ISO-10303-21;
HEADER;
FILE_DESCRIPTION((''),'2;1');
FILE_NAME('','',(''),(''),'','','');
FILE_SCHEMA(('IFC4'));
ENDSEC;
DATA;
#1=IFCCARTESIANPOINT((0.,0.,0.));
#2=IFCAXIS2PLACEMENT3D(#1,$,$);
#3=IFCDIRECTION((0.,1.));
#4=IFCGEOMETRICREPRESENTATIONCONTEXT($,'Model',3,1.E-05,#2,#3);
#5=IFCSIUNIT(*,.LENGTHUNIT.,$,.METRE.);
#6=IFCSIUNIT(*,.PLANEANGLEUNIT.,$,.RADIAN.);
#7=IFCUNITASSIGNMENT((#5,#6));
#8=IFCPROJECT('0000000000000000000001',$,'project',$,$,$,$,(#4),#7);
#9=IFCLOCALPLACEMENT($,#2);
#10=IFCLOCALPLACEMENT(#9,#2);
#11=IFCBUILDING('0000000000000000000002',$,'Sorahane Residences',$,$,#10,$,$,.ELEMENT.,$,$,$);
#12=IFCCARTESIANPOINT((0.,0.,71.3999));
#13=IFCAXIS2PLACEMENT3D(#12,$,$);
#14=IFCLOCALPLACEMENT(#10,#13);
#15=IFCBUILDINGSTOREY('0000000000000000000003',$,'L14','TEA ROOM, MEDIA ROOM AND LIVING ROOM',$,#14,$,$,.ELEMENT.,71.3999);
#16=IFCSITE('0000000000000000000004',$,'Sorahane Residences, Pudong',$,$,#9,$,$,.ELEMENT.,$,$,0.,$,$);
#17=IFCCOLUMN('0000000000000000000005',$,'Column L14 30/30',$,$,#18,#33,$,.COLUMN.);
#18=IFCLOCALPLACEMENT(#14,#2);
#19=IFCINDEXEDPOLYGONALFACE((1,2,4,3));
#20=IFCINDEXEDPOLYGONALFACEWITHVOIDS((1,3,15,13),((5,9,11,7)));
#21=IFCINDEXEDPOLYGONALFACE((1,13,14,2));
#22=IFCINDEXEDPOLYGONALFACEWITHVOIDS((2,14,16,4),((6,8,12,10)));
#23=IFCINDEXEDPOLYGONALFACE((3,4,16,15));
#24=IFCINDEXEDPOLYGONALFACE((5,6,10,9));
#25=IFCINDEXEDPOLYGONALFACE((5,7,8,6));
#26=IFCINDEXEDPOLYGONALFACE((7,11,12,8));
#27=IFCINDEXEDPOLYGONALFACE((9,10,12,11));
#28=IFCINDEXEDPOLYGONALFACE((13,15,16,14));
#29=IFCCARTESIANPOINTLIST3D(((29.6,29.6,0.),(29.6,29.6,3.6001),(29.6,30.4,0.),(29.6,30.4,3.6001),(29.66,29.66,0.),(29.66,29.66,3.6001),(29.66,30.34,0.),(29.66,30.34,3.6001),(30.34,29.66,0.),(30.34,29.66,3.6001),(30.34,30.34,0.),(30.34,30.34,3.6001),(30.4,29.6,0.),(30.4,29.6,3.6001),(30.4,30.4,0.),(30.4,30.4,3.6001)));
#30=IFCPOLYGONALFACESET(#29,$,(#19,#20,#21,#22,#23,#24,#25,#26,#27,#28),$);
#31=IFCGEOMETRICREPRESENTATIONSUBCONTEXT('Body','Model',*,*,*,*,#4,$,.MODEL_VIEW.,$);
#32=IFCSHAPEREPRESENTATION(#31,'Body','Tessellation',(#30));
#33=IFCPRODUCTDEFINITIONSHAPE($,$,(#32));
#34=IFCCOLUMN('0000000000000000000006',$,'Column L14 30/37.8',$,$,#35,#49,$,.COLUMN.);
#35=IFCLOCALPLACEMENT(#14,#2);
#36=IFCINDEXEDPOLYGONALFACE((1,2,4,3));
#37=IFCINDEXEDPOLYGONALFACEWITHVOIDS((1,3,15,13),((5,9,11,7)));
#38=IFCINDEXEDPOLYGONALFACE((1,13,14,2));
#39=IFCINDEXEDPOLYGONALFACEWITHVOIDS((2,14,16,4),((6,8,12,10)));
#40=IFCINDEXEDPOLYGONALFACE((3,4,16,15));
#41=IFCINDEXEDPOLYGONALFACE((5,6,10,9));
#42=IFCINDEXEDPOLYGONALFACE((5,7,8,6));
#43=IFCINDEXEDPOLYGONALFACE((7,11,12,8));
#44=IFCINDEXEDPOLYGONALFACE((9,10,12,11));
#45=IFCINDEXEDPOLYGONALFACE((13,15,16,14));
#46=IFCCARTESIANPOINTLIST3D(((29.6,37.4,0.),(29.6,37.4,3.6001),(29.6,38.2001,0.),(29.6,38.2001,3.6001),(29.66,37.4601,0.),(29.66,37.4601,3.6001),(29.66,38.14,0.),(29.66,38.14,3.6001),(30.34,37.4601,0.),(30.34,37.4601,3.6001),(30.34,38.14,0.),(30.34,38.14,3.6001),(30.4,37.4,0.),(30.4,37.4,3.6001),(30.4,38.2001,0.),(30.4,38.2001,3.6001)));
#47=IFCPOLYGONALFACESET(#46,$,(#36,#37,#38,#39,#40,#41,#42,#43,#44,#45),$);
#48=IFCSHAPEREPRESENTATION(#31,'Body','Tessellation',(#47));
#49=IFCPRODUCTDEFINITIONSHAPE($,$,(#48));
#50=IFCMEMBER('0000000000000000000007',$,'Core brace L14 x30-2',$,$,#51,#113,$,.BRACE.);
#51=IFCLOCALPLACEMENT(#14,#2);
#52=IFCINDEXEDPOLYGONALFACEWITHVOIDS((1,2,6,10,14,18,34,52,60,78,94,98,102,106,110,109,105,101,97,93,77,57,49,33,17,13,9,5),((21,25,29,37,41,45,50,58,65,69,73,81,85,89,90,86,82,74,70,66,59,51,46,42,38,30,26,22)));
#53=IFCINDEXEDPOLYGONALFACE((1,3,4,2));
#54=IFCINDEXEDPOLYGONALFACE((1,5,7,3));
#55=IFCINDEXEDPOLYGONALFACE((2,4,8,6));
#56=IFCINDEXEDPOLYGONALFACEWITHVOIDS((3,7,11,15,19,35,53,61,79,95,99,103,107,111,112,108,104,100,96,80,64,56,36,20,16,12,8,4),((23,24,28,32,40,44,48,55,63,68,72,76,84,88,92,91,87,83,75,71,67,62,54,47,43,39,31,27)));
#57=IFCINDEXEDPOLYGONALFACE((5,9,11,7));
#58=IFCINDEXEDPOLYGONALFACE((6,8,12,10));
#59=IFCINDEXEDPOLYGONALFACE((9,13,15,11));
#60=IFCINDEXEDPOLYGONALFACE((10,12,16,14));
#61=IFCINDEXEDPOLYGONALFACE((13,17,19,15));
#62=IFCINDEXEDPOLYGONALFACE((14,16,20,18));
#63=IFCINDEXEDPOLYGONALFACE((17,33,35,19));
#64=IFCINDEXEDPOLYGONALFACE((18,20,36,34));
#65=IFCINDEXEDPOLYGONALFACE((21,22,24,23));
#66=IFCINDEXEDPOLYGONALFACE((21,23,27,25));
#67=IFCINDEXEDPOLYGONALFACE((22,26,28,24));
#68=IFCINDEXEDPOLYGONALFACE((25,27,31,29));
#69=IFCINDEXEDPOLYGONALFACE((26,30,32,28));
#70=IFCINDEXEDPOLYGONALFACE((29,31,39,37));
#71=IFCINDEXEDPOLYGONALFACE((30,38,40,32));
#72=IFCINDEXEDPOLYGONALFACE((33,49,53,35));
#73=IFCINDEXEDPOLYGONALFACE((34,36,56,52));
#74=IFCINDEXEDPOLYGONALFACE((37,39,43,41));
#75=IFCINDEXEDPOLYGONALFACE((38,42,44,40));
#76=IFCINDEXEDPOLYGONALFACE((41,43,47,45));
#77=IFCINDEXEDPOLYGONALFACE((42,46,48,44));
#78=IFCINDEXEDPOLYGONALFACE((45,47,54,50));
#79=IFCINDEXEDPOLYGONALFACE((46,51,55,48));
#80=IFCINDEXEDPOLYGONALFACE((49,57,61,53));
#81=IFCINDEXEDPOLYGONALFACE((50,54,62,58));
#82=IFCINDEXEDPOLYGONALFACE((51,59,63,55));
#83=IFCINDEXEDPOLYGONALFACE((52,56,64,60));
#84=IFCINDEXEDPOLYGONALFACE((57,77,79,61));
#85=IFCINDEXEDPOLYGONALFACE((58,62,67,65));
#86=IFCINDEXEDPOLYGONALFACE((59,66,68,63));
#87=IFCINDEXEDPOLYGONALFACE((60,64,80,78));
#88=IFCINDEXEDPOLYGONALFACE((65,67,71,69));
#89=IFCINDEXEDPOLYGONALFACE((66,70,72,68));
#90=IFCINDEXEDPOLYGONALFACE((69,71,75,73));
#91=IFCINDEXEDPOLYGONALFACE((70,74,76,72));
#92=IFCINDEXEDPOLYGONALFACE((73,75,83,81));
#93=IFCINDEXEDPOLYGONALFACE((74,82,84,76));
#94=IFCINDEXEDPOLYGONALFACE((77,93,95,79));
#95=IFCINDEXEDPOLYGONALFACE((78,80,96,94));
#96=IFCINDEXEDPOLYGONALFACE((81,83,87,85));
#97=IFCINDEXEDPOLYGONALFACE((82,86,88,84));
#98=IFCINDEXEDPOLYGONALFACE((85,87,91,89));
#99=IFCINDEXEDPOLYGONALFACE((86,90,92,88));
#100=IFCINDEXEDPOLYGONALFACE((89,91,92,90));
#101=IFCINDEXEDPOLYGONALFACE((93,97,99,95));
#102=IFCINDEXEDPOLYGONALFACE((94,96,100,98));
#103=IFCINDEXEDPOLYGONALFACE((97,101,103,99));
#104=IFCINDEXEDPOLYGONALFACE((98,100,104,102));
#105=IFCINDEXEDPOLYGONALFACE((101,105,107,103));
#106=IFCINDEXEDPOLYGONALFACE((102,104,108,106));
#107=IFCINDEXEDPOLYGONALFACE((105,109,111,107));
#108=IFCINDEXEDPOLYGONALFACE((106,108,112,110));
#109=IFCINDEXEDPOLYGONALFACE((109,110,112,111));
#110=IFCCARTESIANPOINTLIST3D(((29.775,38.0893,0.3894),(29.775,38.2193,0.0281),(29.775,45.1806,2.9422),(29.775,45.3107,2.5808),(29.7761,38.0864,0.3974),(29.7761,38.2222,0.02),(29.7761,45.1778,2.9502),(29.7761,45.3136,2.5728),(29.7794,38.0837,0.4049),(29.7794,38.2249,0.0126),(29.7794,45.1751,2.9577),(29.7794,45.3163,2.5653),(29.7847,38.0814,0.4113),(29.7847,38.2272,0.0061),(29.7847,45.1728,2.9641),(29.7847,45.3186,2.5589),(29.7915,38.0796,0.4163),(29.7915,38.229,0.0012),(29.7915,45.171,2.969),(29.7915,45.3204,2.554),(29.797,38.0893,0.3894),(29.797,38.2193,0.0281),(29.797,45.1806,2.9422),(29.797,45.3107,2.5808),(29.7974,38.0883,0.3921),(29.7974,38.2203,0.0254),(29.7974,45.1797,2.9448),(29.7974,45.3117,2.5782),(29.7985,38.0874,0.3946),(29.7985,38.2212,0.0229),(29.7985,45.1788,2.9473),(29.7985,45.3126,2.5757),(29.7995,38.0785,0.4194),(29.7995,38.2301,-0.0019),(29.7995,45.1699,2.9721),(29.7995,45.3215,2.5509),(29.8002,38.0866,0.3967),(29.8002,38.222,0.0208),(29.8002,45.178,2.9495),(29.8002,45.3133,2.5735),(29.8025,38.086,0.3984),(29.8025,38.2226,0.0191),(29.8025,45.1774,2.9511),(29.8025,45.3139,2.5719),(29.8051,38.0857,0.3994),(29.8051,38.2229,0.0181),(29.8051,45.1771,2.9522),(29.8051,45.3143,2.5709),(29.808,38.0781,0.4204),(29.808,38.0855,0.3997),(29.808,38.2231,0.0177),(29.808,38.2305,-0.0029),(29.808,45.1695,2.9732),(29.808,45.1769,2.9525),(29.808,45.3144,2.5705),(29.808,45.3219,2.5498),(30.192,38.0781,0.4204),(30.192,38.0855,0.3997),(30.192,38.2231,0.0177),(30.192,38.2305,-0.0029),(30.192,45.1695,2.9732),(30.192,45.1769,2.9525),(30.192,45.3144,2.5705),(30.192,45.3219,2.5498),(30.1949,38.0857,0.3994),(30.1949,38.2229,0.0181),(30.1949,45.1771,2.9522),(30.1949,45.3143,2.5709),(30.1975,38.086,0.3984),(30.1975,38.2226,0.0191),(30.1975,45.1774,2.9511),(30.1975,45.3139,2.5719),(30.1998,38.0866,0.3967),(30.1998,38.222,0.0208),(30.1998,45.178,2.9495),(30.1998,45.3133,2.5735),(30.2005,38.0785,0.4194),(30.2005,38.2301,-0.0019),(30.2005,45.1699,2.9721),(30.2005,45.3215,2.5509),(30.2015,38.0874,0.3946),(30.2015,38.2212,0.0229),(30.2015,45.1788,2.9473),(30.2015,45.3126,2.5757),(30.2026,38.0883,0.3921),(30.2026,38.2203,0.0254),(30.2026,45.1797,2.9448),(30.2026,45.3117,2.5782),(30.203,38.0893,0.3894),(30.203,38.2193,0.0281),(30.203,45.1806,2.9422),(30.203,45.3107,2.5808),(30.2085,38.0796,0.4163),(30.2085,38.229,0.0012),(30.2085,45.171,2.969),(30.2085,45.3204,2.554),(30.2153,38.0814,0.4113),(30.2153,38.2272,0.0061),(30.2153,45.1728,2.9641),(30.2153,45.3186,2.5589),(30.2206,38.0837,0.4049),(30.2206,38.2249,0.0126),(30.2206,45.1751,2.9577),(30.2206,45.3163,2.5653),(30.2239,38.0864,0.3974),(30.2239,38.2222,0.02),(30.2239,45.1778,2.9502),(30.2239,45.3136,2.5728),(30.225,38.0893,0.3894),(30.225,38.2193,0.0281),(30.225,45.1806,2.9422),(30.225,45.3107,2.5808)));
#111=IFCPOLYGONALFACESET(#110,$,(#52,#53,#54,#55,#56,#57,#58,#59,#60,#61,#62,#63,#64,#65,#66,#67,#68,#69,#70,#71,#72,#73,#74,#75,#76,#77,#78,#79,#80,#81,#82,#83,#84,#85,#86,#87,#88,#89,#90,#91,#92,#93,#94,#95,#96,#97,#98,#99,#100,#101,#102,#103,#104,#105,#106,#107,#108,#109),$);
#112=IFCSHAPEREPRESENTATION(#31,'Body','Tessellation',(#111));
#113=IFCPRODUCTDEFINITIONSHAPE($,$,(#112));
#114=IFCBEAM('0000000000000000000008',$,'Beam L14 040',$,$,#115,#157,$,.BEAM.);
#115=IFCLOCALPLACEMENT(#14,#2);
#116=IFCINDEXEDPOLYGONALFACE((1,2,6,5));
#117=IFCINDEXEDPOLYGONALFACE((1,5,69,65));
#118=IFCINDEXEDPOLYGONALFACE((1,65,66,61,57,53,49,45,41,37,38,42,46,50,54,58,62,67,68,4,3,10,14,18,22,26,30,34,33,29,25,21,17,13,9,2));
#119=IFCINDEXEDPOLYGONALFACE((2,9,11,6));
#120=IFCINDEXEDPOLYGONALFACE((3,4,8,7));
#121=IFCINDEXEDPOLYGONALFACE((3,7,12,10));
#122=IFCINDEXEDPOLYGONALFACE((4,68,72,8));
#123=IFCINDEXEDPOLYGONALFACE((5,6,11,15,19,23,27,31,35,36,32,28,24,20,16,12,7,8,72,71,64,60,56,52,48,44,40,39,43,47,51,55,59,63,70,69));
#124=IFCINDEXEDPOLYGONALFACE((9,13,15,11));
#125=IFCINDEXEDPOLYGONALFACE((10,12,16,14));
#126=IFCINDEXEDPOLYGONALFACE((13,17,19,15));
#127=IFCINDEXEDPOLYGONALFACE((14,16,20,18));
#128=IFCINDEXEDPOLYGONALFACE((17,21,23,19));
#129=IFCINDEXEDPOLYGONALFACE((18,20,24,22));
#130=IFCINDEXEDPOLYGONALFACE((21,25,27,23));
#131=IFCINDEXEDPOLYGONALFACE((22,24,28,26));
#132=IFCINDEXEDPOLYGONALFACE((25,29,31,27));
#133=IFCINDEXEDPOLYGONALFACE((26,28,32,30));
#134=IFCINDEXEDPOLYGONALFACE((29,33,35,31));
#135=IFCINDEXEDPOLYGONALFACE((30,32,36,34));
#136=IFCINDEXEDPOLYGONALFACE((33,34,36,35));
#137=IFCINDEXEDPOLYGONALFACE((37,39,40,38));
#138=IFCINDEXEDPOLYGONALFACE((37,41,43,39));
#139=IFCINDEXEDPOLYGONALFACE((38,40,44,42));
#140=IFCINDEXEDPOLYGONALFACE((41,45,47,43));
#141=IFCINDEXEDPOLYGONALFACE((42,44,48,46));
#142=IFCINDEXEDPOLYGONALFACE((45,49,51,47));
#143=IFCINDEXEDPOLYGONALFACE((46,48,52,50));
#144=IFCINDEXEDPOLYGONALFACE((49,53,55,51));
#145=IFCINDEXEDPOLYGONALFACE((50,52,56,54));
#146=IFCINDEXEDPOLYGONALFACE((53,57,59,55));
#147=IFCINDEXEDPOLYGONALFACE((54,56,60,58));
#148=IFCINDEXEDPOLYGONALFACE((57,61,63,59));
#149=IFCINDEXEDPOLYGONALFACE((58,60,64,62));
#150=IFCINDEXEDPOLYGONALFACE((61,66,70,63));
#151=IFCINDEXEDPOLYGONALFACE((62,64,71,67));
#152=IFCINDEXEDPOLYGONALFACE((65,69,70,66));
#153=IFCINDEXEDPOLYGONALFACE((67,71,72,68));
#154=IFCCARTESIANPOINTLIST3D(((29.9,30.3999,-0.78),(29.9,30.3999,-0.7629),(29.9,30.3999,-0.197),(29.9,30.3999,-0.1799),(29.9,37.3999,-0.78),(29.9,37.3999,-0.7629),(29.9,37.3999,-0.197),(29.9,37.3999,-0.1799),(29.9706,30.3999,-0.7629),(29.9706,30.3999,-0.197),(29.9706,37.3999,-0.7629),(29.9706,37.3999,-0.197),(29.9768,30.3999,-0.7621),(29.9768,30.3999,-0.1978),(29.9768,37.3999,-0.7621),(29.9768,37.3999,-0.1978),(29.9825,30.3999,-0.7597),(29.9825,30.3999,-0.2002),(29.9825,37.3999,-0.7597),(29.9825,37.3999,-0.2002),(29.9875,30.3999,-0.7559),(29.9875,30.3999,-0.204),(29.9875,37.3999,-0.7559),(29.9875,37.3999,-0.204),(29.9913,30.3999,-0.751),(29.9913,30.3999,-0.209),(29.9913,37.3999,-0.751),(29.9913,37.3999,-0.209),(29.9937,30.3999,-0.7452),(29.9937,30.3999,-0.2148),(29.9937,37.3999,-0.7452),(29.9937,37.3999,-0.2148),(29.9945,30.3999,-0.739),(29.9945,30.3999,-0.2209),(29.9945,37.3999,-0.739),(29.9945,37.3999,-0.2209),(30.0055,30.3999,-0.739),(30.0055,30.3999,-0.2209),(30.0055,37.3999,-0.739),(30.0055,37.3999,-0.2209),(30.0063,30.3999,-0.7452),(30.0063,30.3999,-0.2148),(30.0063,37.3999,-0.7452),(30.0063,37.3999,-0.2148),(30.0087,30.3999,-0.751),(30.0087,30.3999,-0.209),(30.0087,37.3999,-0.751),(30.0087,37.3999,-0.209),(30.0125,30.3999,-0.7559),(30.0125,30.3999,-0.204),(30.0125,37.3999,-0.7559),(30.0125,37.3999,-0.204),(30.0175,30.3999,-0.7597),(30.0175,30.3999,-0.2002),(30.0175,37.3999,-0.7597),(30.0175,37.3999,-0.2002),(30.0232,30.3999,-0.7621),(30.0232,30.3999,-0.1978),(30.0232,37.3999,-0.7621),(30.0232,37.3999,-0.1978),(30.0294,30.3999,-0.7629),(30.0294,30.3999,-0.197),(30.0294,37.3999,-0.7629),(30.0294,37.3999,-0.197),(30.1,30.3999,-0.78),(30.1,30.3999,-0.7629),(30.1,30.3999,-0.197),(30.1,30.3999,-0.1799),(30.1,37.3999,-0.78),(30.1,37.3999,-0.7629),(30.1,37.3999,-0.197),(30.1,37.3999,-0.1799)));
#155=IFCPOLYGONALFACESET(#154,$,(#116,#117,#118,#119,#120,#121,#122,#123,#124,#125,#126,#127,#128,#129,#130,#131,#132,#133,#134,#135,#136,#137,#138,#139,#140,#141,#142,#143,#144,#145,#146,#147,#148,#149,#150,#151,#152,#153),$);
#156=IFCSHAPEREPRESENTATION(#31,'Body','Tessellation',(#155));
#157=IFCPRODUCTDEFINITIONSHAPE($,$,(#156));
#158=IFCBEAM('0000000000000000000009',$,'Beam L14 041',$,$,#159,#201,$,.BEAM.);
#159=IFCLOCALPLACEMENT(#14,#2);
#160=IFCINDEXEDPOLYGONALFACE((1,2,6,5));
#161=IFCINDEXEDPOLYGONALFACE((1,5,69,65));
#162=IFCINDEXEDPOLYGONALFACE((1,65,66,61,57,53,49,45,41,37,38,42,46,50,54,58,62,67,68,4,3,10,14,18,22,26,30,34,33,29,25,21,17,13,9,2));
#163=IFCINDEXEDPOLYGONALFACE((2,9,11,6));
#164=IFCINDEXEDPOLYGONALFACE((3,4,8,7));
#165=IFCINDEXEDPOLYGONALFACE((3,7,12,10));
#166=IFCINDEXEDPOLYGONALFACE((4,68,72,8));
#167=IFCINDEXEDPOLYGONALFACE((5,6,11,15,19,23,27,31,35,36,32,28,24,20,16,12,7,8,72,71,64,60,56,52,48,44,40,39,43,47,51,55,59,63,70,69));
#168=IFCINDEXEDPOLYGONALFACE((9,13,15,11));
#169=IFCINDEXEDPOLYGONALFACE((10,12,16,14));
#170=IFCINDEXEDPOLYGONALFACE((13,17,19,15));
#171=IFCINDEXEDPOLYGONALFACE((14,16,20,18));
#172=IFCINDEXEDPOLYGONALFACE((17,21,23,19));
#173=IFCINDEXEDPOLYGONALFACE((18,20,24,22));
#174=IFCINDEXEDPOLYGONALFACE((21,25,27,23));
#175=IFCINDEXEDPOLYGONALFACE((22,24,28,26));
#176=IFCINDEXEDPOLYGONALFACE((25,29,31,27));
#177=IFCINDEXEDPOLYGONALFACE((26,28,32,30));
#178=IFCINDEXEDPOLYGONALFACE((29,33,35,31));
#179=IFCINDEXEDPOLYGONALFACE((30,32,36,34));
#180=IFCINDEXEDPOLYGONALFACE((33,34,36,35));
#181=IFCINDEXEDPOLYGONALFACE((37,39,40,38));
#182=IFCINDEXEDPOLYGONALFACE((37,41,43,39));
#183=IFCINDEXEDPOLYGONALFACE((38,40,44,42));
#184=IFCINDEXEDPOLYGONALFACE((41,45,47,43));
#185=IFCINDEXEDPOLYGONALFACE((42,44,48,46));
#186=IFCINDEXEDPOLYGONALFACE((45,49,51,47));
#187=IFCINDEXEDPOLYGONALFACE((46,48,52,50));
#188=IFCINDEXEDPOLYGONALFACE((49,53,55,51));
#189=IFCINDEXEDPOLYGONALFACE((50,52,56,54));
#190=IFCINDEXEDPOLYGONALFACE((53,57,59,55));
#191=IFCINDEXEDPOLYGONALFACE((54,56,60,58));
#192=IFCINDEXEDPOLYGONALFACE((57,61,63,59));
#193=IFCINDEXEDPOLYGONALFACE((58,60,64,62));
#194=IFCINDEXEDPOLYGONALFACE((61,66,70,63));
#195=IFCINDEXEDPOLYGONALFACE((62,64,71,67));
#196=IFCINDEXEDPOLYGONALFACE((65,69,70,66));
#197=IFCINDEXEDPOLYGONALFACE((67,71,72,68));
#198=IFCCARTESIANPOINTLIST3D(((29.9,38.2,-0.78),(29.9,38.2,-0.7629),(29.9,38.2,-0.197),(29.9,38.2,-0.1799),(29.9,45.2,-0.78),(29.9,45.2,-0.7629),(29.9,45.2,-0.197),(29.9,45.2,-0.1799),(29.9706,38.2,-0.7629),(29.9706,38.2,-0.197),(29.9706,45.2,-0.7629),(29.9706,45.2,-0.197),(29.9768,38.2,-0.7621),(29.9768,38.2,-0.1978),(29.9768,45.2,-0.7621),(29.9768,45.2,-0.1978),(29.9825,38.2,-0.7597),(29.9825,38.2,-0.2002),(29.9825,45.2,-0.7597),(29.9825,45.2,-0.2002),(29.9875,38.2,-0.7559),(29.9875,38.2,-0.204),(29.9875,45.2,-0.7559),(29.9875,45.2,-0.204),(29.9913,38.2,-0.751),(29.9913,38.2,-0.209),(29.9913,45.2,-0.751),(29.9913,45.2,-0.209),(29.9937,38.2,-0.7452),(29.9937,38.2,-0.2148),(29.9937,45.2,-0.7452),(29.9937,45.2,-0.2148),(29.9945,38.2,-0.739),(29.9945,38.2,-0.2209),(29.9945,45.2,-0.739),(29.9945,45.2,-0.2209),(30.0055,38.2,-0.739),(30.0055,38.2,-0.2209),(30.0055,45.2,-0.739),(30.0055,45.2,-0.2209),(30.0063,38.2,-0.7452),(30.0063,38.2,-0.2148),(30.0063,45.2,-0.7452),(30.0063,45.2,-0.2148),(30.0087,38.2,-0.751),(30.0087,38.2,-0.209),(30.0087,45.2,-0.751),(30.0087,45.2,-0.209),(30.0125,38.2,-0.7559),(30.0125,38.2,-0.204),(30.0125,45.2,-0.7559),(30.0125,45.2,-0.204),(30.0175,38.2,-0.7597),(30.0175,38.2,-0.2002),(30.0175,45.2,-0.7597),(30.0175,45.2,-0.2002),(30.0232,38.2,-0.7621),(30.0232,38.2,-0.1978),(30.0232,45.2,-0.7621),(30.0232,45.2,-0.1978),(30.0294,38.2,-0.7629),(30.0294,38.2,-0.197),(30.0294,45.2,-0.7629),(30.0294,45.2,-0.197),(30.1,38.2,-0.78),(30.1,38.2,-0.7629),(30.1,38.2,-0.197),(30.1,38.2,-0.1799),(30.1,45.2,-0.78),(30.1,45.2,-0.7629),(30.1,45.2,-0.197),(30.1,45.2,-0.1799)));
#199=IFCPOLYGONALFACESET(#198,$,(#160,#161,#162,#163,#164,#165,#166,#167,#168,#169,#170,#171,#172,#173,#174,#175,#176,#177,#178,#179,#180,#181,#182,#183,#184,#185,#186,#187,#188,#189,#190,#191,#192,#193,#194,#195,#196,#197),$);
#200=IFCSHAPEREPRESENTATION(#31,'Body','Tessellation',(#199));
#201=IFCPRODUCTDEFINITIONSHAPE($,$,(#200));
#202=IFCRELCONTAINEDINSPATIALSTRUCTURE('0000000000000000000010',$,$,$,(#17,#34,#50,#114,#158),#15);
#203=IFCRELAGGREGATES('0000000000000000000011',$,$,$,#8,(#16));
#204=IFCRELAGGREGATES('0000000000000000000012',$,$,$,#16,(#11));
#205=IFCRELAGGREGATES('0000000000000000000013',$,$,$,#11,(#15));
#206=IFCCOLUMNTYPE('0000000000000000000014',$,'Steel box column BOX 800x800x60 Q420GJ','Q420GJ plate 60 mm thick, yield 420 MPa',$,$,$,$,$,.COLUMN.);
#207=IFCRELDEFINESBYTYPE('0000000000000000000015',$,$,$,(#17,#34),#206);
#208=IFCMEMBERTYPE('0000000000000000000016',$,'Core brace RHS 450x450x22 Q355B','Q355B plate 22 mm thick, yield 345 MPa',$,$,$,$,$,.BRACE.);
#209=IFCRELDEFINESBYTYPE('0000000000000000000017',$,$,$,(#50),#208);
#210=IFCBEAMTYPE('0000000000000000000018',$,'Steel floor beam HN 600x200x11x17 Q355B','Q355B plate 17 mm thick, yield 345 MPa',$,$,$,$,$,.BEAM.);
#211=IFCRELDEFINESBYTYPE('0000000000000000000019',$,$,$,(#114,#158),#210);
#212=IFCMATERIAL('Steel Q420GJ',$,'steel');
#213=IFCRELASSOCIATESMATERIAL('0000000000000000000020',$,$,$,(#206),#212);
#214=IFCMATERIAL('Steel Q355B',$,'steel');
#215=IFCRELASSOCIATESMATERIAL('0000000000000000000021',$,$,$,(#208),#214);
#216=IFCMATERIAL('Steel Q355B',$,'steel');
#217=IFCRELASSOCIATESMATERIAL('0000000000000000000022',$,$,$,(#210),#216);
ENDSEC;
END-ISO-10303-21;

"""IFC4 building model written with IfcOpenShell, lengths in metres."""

from ifc_helpers import new_model, si_unit, direction, frame, origin, origin_2d, place, context, subcontext, project, spatial, hollow_rectangle, i_section, extrude, material, material_profile, profile_set, type_object, element, save


model = new_model("IFC4")

# Units and contexts
model_context = context("Model", 3, precision=1e-05, world=origin(), true_north=direction((0.0, 1.0)))
body_context = subcontext(model_context, "Body", "Model", "MODEL_VIEW")
ifc_project = project(units=[si_unit("LENGTHUNIT", "METRE"), si_unit("PLANEANGLEUNIT", "RADIAN")], contexts=[model_context])

# Site, building, storey
site_placement = place(None, origin())
site = spatial("IfcSite", under=ifc_project, at=site_placement, Name="Sorahane Residences, Pudong", CompositionType="ELEMENT", RefElevation=0.0)
building_placement = place(site_placement, origin())
building = spatial("IfcBuilding", under=site, at=building_placement, Name="Sorahane Residences", CompositionType="ELEMENT")
storey_placement = place(building_placement, frame((0.0, 0.0, 71.3999)))
storey = spatial("IfcBuildingStorey", under=building, at=storey_placement, Name="L14", Description="TEA ROOM, MEDIA ROOM AND LIVING ROOM", CompositionType="ELEMENT", Elevation=71.3999)

# Columns
ifc_material_1 = material(Name="Steel Q420GJ", Category="steel")
ifc_material_profile_1 = material_profile(ifc_material_1, hollow_rectangle(XDim=0.8, YDim=0.8, WallThickness=0.0601, at=origin_2d()), Name="BOX 800x800x60")
ifc_profile_set_1 = profile_set([ifc_material_profile_1], Name="Steel Q420GJ")
column_type = type_object("IfcColumnType", Name="Steel box column BOX 800x800x60 Q420GJ", Description="Q420GJ plate 60 mm thick, yield 420 MPa", PredefinedType="COLUMN", material=ifc_profile_set_1)
for number, where, z_axis, x_axis, name in (
    (1, (30.0, 30.0, 0.0), (0.0, 0.0, 1.0), (1.0, 0.0, 0.0), "Column L14 30/30"),
    (2, (30.0, 37.8, 0.0), (0.0, 0.0, 1.0), (1.0, 0.0, 0.0), "Column L14 30/37.8"),
):
    element("IfcColumn", number, at=place(storey_placement, frame(where, z_axis=z_axis, x_axis=x_axis)), inside=storey, type_object=column_type, Name=name, PredefinedType="COLUMN", context=body_context, shape_type="SweptSolid", body=[
        extrude(hollow_rectangle(XDim=0.8, YDim=0.8, WallThickness=0.0601, at=origin_2d()), origin(), (0.0, 0.0, 1.0), 3.6001),
    ])

# Member
ifc_material_2 = material(Name="Steel Q355B", Category="steel")
ifc_material_profile_2 = material_profile(ifc_material_2, hollow_rectangle(XDim=0.45, YDim=0.45, WallThickness=0.022, InnerFilletRadius=0.011, OuterFilletRadius=0.033, at=origin_2d()), Name="RHS 450x450x22")
ifc_profile_set_2 = profile_set([ifc_material_profile_2], Name="Steel Q355B")
member_type = type_object("IfcMemberType", Name="Core brace RHS 450x450x22 Q355B", Description="Q355B plate 22 mm thick, yield 345 MPa", PredefinedType="BRACE", material=ifc_profile_set_2)
member_placement = place(storey_placement, frame((30.0, 38.1543, 0.2087), z_axis=(0.0, 0.940893, 0.338703), x_axis=(-1.0, 0.0, 0.0)))
element("IfcMember", 3, at=member_placement, inside=storey, type_object=member_type, Name="Core brace L14 x30-2", PredefinedType="BRACE", context=body_context, shape_type="SweptSolid", body=[
    extrude(hollow_rectangle(XDim=0.45, YDim=0.45, WallThickness=0.022, InnerFilletRadius=0.011, OuterFilletRadius=0.033, at=origin_2d()), origin(), (0.0, 0.0, 1.0), 7.5369),
])

# Beams
ifc_material_3 = material(Name="Steel Q355B", Category="steel")
ifc_material_profile_3 = material_profile(ifc_material_3, i_section(OverallWidth=0.2, OverallDepth=0.6001, WebThickness=0.011, FlangeThickness=0.0171, FilletRadius=0.0239, at=origin_2d()), Name="HN 600x200x11x17")
ifc_profile_set_3 = profile_set([ifc_material_profile_3], Name="Steel Q355B")
beam_type = type_object("IfcBeamType", Name="Steel floor beam HN 600x200x11x17 Q355B", Description="Q355B plate 17 mm thick, yield 345 MPa", PredefinedType="BEAM", material=ifc_profile_set_3)
for number, where, z_axis, x_axis, name in (
    (4, (30.0, 30.3999, -0.48), (0.0, 1.0, 0.0), (-1.0, 0.0, 0.0), "Beam L14 040"),
    (5, (30.0, 38.2, -0.48), (0.0, 1.0, 0.0), (-1.0, 0.0, 0.0), "Beam L14 041"),
):
    element("IfcBeam", number, at=place(storey_placement, frame(where, z_axis=z_axis, x_axis=x_axis)), inside=storey, type_object=beam_type, Name=name, PredefinedType="BEAM", context=body_context, shape_type="SweptSolid", body=[
        extrude(i_section(OverallWidth=0.2, OverallDepth=0.6001, WebThickness=0.011, FlangeThickness=0.0171, FilletRadius=0.0239, at=origin_2d()), origin(), (0.0, 0.0, 1.0), 7.0),
    ])

save(model, "model.ifc")
